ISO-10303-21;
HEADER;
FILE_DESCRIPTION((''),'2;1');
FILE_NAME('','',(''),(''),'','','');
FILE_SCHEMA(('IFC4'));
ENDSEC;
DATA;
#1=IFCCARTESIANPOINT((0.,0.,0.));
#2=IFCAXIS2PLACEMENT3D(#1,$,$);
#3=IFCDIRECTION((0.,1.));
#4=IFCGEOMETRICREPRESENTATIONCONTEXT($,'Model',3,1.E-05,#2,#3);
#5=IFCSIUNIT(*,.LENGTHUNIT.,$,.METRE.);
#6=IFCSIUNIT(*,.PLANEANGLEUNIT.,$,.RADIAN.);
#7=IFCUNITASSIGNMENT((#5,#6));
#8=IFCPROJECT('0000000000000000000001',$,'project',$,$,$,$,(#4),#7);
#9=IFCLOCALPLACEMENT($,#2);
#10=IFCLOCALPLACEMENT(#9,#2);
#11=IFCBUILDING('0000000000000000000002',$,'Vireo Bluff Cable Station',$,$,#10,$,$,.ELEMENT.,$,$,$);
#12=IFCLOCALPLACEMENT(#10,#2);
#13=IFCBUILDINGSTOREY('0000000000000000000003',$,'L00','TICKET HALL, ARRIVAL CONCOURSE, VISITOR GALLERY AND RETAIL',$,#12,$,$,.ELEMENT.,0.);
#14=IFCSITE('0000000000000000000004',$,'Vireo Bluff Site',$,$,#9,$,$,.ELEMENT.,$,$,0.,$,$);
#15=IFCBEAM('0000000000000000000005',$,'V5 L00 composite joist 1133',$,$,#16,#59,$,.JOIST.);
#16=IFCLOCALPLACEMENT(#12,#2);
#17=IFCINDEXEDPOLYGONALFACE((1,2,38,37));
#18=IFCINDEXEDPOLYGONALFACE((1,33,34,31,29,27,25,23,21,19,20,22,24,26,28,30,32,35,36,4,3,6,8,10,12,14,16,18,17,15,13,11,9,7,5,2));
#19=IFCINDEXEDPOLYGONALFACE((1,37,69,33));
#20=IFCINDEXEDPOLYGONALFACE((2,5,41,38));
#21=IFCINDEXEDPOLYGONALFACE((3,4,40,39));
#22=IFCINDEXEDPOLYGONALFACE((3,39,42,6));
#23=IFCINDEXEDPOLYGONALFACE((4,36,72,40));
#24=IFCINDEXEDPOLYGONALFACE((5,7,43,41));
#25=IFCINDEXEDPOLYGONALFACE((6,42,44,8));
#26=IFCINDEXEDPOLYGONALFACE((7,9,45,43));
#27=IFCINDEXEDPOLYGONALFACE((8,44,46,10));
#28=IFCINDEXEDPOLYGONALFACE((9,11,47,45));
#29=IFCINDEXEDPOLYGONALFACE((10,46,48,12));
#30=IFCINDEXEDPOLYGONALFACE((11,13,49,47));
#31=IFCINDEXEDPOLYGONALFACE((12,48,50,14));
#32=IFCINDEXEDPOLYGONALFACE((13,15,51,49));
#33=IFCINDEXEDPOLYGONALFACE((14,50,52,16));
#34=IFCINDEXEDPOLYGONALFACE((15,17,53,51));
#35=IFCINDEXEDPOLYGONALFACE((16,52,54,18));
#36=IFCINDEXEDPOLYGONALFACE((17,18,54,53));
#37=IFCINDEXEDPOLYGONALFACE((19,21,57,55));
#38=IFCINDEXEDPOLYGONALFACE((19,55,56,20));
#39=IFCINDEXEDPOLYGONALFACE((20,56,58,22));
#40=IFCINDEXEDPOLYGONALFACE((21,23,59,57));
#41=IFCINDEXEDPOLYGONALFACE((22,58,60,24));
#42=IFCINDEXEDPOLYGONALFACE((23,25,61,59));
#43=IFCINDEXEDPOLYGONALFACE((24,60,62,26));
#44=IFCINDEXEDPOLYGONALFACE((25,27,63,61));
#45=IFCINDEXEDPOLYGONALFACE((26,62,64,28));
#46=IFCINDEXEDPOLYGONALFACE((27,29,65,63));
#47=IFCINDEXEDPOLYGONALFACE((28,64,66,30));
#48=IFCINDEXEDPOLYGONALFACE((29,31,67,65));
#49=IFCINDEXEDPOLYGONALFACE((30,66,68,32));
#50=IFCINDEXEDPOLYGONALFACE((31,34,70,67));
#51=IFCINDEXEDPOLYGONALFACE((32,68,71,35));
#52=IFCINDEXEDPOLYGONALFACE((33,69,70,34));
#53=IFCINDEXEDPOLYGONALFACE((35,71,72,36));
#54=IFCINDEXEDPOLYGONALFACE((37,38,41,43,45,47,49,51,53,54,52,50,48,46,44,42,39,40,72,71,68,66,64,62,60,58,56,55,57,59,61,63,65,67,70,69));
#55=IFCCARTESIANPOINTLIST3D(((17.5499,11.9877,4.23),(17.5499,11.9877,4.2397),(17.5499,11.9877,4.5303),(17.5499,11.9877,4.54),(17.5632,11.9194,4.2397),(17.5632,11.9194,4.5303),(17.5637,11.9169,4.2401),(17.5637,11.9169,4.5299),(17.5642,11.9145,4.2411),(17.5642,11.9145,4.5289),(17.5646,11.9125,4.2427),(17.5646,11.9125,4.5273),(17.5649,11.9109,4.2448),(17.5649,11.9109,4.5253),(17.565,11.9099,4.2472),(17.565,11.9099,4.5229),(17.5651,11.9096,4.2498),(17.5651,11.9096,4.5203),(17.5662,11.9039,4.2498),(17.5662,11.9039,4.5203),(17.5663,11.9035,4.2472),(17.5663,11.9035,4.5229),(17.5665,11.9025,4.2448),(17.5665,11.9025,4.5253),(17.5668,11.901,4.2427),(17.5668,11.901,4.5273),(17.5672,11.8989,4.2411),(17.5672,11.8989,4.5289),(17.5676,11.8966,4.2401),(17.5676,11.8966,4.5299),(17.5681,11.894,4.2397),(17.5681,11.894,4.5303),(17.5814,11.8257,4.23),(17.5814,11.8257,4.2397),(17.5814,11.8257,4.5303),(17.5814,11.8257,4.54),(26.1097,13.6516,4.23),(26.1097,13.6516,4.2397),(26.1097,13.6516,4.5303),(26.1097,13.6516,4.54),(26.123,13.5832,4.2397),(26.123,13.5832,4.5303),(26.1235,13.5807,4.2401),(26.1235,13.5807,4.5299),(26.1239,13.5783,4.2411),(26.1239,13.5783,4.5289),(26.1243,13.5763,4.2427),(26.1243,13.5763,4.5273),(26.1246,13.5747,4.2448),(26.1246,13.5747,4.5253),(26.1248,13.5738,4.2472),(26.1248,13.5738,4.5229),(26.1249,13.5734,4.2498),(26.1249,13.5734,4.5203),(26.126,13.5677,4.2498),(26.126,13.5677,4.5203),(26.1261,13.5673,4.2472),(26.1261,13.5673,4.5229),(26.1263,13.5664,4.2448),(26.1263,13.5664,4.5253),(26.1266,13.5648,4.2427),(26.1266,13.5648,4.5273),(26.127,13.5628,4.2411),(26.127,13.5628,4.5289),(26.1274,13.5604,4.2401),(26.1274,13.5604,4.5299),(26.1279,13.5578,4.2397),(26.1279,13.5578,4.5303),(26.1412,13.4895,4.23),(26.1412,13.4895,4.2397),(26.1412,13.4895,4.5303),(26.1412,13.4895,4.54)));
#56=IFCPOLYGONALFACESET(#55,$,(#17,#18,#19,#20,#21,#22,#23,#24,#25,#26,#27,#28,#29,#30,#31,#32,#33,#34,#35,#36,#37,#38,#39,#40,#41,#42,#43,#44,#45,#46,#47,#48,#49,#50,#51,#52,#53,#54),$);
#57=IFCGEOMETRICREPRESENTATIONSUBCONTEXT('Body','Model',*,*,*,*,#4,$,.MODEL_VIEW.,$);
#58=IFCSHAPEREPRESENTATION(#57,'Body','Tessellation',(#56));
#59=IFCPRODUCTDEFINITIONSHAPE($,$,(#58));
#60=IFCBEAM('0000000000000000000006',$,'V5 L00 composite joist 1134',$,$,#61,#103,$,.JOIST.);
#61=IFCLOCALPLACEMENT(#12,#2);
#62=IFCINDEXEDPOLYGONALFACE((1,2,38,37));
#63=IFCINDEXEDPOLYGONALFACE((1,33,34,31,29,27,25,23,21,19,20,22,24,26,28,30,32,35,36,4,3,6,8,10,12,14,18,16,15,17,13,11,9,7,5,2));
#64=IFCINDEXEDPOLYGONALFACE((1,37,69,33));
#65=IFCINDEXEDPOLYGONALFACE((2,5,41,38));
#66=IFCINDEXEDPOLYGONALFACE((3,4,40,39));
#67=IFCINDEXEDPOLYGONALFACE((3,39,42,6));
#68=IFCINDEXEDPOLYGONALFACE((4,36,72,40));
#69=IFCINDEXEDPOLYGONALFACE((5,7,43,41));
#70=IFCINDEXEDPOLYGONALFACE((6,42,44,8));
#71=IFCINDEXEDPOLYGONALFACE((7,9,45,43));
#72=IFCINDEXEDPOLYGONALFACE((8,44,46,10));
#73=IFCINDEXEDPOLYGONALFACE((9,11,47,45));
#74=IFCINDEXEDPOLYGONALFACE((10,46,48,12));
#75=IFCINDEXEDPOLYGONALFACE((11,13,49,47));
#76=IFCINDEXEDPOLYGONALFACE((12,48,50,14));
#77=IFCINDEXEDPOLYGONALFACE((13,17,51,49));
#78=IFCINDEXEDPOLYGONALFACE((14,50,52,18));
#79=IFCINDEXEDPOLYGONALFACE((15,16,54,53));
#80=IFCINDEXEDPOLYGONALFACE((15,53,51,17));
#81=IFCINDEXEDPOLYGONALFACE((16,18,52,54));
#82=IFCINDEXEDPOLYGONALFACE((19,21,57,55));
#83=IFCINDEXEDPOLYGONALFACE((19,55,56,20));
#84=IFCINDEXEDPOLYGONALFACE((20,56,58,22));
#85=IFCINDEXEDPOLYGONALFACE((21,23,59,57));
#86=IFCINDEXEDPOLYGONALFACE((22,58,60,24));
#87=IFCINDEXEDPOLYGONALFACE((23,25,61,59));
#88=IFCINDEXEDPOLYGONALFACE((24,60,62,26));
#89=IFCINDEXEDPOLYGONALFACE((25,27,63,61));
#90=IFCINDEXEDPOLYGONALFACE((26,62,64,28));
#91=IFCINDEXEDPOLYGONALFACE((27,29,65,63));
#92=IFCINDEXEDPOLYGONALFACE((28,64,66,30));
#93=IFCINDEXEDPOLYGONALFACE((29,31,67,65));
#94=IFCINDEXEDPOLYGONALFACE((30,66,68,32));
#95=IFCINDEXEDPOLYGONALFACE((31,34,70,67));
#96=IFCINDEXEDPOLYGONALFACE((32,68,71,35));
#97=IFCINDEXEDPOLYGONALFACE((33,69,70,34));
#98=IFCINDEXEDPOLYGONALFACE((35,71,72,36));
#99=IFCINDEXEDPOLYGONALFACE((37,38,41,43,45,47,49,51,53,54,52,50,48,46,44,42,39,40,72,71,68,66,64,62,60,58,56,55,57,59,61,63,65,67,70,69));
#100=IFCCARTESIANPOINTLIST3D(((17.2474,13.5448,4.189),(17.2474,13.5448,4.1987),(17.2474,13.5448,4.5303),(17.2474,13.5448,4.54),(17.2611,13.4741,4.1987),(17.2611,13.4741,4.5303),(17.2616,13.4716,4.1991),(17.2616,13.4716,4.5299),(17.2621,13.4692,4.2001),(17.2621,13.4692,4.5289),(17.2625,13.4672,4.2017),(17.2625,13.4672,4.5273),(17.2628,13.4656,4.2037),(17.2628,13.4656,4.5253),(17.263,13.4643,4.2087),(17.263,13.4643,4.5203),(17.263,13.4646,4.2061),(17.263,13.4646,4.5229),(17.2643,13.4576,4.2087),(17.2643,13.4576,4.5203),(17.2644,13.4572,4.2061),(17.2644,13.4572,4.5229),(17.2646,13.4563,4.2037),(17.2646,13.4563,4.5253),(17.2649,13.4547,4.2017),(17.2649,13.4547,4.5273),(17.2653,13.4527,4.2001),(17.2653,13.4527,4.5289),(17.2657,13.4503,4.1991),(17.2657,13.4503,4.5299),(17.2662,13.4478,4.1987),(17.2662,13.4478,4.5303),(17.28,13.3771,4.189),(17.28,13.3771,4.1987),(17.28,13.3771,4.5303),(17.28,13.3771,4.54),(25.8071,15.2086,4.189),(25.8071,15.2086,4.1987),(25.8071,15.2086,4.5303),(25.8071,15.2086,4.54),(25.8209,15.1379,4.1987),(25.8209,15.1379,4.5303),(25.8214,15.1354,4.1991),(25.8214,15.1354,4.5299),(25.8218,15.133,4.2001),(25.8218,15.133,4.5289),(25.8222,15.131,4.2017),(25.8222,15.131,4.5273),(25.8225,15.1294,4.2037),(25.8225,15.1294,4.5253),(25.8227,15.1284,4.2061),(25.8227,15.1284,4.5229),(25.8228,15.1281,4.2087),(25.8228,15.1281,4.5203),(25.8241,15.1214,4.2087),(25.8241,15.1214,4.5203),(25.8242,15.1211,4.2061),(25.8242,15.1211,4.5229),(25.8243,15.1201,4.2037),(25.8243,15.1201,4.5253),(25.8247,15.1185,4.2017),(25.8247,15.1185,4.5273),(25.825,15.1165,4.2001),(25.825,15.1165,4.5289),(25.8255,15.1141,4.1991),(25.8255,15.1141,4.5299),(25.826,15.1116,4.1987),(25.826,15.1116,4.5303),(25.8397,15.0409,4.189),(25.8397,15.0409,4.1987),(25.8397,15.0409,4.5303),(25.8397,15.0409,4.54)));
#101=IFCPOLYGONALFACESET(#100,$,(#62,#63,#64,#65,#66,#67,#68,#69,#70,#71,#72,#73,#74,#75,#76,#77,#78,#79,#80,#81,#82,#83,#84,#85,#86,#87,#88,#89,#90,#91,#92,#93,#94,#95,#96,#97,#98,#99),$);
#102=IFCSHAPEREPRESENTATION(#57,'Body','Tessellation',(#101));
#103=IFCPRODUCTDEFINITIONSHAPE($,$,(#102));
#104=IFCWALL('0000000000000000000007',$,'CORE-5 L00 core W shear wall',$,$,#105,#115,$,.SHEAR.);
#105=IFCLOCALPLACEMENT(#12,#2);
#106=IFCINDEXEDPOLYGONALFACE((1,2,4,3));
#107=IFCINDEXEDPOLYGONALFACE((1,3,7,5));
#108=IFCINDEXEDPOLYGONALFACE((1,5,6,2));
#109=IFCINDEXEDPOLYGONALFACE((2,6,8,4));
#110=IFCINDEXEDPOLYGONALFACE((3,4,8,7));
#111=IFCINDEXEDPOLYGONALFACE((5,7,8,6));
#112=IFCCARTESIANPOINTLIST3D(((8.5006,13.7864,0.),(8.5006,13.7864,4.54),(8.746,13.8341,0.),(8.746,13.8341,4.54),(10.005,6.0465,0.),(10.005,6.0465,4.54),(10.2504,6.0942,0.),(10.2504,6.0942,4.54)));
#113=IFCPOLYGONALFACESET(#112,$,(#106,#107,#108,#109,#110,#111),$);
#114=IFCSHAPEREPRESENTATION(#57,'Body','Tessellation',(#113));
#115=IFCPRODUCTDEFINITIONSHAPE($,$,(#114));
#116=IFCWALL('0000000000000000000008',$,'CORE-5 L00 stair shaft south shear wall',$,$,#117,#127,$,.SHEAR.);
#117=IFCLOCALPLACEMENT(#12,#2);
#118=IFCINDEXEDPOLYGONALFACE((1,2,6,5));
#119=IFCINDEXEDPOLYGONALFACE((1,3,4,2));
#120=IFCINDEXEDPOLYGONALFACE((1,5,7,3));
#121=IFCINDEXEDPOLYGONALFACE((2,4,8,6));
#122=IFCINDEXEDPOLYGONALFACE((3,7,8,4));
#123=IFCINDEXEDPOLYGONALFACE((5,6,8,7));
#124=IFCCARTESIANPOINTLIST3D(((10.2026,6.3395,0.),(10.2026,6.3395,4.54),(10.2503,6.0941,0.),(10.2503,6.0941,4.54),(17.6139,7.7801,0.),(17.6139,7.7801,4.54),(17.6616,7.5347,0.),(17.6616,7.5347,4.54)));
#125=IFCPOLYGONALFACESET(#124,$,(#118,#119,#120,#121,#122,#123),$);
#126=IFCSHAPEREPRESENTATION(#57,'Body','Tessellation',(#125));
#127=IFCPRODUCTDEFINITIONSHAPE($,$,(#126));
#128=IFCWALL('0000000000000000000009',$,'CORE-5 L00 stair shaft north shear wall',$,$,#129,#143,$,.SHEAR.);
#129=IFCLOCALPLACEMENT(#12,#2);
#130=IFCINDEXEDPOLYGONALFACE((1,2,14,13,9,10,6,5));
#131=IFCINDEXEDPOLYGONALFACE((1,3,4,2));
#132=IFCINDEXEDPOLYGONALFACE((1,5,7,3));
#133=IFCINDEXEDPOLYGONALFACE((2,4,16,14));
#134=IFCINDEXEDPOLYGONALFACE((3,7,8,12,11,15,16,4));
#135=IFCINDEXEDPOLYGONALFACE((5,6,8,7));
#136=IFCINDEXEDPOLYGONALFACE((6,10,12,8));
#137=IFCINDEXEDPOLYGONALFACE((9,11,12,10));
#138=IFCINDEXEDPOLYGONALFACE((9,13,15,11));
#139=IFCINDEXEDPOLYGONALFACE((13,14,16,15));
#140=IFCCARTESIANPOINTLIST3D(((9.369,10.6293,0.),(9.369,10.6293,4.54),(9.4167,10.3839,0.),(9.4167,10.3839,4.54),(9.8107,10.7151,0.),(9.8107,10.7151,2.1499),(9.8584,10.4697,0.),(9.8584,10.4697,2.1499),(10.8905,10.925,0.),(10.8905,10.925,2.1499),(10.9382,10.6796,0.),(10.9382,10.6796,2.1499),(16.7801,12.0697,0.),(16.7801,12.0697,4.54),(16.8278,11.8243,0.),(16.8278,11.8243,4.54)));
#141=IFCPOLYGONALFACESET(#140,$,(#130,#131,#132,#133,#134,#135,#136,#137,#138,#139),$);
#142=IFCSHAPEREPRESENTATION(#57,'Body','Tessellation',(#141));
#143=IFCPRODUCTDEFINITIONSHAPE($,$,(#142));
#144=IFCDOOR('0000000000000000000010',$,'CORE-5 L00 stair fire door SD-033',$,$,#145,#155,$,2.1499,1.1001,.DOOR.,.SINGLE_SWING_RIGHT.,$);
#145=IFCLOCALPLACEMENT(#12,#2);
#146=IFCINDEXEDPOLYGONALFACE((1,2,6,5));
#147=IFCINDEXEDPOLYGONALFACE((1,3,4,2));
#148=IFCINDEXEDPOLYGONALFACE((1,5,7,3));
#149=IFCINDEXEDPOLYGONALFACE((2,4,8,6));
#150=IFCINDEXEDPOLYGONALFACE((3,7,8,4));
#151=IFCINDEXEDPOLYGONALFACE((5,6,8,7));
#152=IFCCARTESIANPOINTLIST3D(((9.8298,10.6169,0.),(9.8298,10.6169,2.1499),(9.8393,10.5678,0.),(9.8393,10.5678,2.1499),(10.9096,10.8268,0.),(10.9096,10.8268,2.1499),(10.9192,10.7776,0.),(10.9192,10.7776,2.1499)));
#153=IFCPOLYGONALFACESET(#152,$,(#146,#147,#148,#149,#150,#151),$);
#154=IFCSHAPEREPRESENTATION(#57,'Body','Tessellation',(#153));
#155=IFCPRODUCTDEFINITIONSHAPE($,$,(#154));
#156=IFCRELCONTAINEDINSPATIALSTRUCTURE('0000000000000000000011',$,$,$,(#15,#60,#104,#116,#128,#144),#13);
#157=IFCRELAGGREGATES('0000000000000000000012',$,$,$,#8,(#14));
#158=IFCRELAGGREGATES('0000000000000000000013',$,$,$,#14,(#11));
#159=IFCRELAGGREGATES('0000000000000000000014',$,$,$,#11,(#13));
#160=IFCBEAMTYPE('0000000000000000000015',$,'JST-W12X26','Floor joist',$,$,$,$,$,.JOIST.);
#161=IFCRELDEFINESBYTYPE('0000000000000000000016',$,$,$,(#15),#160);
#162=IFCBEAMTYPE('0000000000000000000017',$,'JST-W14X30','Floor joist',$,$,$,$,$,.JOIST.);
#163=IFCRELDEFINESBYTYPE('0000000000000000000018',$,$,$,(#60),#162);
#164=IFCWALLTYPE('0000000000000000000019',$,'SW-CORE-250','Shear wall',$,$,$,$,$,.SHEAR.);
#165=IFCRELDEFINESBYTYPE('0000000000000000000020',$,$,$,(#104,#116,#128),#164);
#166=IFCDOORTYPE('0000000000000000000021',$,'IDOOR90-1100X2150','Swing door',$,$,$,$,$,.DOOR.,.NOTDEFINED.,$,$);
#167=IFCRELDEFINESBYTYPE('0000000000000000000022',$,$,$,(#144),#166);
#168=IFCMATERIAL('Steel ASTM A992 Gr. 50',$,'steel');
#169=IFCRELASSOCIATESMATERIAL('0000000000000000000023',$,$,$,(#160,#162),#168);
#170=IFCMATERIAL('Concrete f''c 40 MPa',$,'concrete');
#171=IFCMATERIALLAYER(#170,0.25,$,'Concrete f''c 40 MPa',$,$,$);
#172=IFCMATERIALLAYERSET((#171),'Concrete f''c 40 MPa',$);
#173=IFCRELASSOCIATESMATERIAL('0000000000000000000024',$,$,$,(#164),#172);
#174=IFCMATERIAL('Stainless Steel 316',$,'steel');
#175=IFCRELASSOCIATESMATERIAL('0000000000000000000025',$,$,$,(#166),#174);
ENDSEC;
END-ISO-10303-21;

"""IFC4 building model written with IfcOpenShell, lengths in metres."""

from ifc_helpers import new_model, si_unit, direction, frame, frame_2d, origin, origin_with_axes, origin_2d, place, context, subcontext, project, spatial, rectangle, i_section, extrude, material, layer, layer_set, material_profile, profile_set, type_object, element, fill, save


model = new_model("IFC4")

# Units and contexts
model_context = context("Model", 3, precision=1e-05, world=origin(), true_north=direction((0.0, 1.0)))
body_context = subcontext(model_context, "Body", "Model", "MODEL_VIEW")
ifc_project = project(units=[si_unit("LENGTHUNIT", "METRE"), si_unit("PLANEANGLEUNIT", "RADIAN")], contexts=[model_context])

# Site, building, storey
site_placement = place(None, origin())
site = spatial("IfcSite", under=ifc_project, at=site_placement, Name="Vireo Bluff Site", CompositionType="ELEMENT", RefElevation=0.0)
building_placement = place(site_placement, origin())
building = spatial("IfcBuilding", under=site, at=building_placement, Name="Vireo Bluff Cable Station", CompositionType="ELEMENT")
storey_placement = place(building_placement, origin())
storey = spatial("IfcBuildingStorey", under=building, at=storey_placement, Name="L00", Description="TICKET HALL, ARRIVAL CONCOURSE, VISITOR GALLERY AND RETAIL", CompositionType="ELEMENT", Elevation=0.0)

# Shared definitions
ifc_material_1 = material(Name="Concrete f'c 40 MPa", Category="concrete")

# Beams
ifc_material_2 = material(Name="Steel ASTM A992 Gr. 50", Category="steel")
ifc_material_profile_1 = material_profile(ifc_material_2, i_section(OverallWidth=0.165, OverallDepth=0.3101, WebThickness=0.0059, FlangeThickness=0.0098, FilletRadius=0.01, at=origin_2d()), Name="W12X26")
ifc_profile_set_1 = profile_set([ifc_material_profile_1], Name="Steel ASTM A992 Gr. 50")
beam_type_1 = type_object("IfcBeamType", Name="JST-W12X26", Description="Floor joist", PredefinedType="JOIST", material=ifc_profile_set_1)
beam_1_placement = place(storey_placement, frame((17.5657, 11.9067, 4.385), z_axis=(0.981628, 0.190804, 0.0), x_axis=(-0.190804, 0.981628, 0.0)))
element("IfcBeam", 1, at=beam_1_placement, inside=storey, type_object=beam_type_1, Name="V5 L00 composite joist 1133", PredefinedType="JOIST", context=body_context, shape_type="SweptSolid", body=[
    extrude(i_section(OverallWidth=0.165, OverallDepth=0.3101, WebThickness=0.0059, FlangeThickness=0.0098, FilletRadius=0.01, at=origin_2d()), origin(), (0.0, 0.0, 1.0), 8.72),
])
ifc_material_profile_2 = material_profile(ifc_material_2, i_section(OverallWidth=0.1709, OverallDepth=0.3511, WebThickness=0.0068, FlangeThickness=0.0098, FilletRadius=0.01, at=origin_2d()), Name="W14X30")
ifc_profile_set_2 = profile_set([ifc_material_profile_2], Name="Steel ASTM A992 Gr. 50")
beam_type_2 = type_object("IfcBeamType", Name="JST-W14X30", Description="Floor joist", PredefinedType="JOIST", material=ifc_profile_set_2)
beam_2_placement = place(storey_placement, frame((17.2637, 13.4609, 4.3645), z_axis=(0.981628, 0.190804, 0.0), x_axis=(-0.190804, 0.981628, 0.0)))
element("IfcBeam", 2, at=beam_2_placement, inside=storey, type_object=beam_type_2, Name="V5 L00 composite joist 1134", PredefinedType="JOIST", context=body_context, shape_type="SweptSolid", body=[
    extrude(i_section(OverallWidth=0.1709, OverallDepth=0.3511, WebThickness=0.0068, FlangeThickness=0.0098, FilletRadius=0.01, at=origin_2d()), origin(), (0.0, 0.0, 1.0), 8.72),
])

# Walls
ifc_layer = layer(ifc_material_1, 0.25, Name="Concrete f'c 40 MPa")
ifc_layer_set = layer_set([ifc_layer], Name="Concrete f'c 40 MPa")
wall_type = type_object("IfcWallType", Name="SW-CORE-250", Description="Shear wall", PredefinedType="SHEAR", material=ifc_layer_set)
wall_1_placement = place(storey_placement, frame((10.1277, 6.0703, 0.0), z_axis=(0.0, 0.0, 1.0), x_axis=(-0.190796, 0.98163, 0.0)))
element("IfcWall", 3, at=wall_1_placement, inside=storey, type_object=wall_type, Name="CORE-5 L00 core W shear wall", PredefinedType="SHEAR", context=body_context, shape_type="SweptSolid", body=[
    extrude(rectangle(XDim=7.8848, YDim=0.25, at=frame_2d((3.9424, 0.0))), origin(), (0.0, 0.0, 1.0), 4.54),
])
wall_2_placement = place(storey_placement, frame((10.2266, 6.2168, 0.0), z_axis=(0.0, 0.0, 1.0), x_axis=(0.981626, 0.190815, 0.0)))
element("IfcWall", 4, at=wall_2_placement, inside=storey, type_object=wall_type, Name="CORE-5 L00 stair shaft south shear wall", PredefinedType="SHEAR", context=body_context, shape_type="SweptSolid", body=[
    extrude(rectangle(XDim=7.55, YDim=0.25, at=frame_2d((3.7749, 0.0))), origin(), (0.0, 0.0, 1.0), 4.54),
])

# Wall, opening, door
wall_3_placement = place(storey_placement, frame((9.3928, 10.5066, 0.0), z_axis=(0.0, 0.0, 1.0), x_axis=(0.981631, 0.19079, 0.0)))
wall_3 = element("IfcWall", 5, at=wall_3_placement, inside=storey, type_object=wall_type, Name="CORE-5 L00 stair shaft north shear wall", PredefinedType="SHEAR", context=body_context, shape_type="SweptSolid", body=[
    extrude(rectangle(XDim=7.5498, YDim=0.25, at=frame_2d((3.7749, 0.0))), origin(), (0.0, 0.0, 1.0), 4.54),
])
opening_1_placement = place(wall_3_placement, frame((0.45, 0.0, 0.0)))
opening_1 = element("IfcOpeningElement", 6, at=opening_1_placement, cuts=wall_3, PredefinedType="OPENING", context=body_context, shape_type="SweptSolid", body=[
    extrude(rectangle(XDim=1.1001, YDim=2.1499, at=frame_2d((0.55, 1.075))), frame((0.0, 0.135, 0.0), z_axis=(0.0, -1.0, 0.0), x_axis=(1.0, 0.0, 0.0)), (0.0, 0.0, 1.0), 0.27),
])
ifc_material_3 = material(Name="Stainless Steel 316", Category="steel")
door_type_1 = type_object("IfcDoorType", Name="IDOOR90-1100X2150", Description="Swing door", OperationType="NOTDEFINED", PredefinedType="DOOR", material=ifc_material_3)
door_1_placement = place(opening_1_placement, origin_with_axes())
door_1 = element("IfcDoor", 7, at=door_1_placement, inside=storey, type_object=door_type_1, Name="CORE-5 L00 stair fire door SD-033", OperationType="SINGLE_SWING_RIGHT", OverallHeight=2.1499, OverallWidth=1.1001, PredefinedType="DOOR", context=body_context, shape_type="SweptSolid", body=[
    extrude(rectangle(XDim=1.1001, YDim=2.1499, at=frame_2d((0.55, 1.075))), frame((0.0, 0.0249, 0.0), z_axis=(0.0, -1.0, 0.0), x_axis=(1.0, 0.0, 0.0)), (0.0, 0.0, 1.0), 0.05),
])
fill(opening_1, door_1)

save(model, "model.ifc")
